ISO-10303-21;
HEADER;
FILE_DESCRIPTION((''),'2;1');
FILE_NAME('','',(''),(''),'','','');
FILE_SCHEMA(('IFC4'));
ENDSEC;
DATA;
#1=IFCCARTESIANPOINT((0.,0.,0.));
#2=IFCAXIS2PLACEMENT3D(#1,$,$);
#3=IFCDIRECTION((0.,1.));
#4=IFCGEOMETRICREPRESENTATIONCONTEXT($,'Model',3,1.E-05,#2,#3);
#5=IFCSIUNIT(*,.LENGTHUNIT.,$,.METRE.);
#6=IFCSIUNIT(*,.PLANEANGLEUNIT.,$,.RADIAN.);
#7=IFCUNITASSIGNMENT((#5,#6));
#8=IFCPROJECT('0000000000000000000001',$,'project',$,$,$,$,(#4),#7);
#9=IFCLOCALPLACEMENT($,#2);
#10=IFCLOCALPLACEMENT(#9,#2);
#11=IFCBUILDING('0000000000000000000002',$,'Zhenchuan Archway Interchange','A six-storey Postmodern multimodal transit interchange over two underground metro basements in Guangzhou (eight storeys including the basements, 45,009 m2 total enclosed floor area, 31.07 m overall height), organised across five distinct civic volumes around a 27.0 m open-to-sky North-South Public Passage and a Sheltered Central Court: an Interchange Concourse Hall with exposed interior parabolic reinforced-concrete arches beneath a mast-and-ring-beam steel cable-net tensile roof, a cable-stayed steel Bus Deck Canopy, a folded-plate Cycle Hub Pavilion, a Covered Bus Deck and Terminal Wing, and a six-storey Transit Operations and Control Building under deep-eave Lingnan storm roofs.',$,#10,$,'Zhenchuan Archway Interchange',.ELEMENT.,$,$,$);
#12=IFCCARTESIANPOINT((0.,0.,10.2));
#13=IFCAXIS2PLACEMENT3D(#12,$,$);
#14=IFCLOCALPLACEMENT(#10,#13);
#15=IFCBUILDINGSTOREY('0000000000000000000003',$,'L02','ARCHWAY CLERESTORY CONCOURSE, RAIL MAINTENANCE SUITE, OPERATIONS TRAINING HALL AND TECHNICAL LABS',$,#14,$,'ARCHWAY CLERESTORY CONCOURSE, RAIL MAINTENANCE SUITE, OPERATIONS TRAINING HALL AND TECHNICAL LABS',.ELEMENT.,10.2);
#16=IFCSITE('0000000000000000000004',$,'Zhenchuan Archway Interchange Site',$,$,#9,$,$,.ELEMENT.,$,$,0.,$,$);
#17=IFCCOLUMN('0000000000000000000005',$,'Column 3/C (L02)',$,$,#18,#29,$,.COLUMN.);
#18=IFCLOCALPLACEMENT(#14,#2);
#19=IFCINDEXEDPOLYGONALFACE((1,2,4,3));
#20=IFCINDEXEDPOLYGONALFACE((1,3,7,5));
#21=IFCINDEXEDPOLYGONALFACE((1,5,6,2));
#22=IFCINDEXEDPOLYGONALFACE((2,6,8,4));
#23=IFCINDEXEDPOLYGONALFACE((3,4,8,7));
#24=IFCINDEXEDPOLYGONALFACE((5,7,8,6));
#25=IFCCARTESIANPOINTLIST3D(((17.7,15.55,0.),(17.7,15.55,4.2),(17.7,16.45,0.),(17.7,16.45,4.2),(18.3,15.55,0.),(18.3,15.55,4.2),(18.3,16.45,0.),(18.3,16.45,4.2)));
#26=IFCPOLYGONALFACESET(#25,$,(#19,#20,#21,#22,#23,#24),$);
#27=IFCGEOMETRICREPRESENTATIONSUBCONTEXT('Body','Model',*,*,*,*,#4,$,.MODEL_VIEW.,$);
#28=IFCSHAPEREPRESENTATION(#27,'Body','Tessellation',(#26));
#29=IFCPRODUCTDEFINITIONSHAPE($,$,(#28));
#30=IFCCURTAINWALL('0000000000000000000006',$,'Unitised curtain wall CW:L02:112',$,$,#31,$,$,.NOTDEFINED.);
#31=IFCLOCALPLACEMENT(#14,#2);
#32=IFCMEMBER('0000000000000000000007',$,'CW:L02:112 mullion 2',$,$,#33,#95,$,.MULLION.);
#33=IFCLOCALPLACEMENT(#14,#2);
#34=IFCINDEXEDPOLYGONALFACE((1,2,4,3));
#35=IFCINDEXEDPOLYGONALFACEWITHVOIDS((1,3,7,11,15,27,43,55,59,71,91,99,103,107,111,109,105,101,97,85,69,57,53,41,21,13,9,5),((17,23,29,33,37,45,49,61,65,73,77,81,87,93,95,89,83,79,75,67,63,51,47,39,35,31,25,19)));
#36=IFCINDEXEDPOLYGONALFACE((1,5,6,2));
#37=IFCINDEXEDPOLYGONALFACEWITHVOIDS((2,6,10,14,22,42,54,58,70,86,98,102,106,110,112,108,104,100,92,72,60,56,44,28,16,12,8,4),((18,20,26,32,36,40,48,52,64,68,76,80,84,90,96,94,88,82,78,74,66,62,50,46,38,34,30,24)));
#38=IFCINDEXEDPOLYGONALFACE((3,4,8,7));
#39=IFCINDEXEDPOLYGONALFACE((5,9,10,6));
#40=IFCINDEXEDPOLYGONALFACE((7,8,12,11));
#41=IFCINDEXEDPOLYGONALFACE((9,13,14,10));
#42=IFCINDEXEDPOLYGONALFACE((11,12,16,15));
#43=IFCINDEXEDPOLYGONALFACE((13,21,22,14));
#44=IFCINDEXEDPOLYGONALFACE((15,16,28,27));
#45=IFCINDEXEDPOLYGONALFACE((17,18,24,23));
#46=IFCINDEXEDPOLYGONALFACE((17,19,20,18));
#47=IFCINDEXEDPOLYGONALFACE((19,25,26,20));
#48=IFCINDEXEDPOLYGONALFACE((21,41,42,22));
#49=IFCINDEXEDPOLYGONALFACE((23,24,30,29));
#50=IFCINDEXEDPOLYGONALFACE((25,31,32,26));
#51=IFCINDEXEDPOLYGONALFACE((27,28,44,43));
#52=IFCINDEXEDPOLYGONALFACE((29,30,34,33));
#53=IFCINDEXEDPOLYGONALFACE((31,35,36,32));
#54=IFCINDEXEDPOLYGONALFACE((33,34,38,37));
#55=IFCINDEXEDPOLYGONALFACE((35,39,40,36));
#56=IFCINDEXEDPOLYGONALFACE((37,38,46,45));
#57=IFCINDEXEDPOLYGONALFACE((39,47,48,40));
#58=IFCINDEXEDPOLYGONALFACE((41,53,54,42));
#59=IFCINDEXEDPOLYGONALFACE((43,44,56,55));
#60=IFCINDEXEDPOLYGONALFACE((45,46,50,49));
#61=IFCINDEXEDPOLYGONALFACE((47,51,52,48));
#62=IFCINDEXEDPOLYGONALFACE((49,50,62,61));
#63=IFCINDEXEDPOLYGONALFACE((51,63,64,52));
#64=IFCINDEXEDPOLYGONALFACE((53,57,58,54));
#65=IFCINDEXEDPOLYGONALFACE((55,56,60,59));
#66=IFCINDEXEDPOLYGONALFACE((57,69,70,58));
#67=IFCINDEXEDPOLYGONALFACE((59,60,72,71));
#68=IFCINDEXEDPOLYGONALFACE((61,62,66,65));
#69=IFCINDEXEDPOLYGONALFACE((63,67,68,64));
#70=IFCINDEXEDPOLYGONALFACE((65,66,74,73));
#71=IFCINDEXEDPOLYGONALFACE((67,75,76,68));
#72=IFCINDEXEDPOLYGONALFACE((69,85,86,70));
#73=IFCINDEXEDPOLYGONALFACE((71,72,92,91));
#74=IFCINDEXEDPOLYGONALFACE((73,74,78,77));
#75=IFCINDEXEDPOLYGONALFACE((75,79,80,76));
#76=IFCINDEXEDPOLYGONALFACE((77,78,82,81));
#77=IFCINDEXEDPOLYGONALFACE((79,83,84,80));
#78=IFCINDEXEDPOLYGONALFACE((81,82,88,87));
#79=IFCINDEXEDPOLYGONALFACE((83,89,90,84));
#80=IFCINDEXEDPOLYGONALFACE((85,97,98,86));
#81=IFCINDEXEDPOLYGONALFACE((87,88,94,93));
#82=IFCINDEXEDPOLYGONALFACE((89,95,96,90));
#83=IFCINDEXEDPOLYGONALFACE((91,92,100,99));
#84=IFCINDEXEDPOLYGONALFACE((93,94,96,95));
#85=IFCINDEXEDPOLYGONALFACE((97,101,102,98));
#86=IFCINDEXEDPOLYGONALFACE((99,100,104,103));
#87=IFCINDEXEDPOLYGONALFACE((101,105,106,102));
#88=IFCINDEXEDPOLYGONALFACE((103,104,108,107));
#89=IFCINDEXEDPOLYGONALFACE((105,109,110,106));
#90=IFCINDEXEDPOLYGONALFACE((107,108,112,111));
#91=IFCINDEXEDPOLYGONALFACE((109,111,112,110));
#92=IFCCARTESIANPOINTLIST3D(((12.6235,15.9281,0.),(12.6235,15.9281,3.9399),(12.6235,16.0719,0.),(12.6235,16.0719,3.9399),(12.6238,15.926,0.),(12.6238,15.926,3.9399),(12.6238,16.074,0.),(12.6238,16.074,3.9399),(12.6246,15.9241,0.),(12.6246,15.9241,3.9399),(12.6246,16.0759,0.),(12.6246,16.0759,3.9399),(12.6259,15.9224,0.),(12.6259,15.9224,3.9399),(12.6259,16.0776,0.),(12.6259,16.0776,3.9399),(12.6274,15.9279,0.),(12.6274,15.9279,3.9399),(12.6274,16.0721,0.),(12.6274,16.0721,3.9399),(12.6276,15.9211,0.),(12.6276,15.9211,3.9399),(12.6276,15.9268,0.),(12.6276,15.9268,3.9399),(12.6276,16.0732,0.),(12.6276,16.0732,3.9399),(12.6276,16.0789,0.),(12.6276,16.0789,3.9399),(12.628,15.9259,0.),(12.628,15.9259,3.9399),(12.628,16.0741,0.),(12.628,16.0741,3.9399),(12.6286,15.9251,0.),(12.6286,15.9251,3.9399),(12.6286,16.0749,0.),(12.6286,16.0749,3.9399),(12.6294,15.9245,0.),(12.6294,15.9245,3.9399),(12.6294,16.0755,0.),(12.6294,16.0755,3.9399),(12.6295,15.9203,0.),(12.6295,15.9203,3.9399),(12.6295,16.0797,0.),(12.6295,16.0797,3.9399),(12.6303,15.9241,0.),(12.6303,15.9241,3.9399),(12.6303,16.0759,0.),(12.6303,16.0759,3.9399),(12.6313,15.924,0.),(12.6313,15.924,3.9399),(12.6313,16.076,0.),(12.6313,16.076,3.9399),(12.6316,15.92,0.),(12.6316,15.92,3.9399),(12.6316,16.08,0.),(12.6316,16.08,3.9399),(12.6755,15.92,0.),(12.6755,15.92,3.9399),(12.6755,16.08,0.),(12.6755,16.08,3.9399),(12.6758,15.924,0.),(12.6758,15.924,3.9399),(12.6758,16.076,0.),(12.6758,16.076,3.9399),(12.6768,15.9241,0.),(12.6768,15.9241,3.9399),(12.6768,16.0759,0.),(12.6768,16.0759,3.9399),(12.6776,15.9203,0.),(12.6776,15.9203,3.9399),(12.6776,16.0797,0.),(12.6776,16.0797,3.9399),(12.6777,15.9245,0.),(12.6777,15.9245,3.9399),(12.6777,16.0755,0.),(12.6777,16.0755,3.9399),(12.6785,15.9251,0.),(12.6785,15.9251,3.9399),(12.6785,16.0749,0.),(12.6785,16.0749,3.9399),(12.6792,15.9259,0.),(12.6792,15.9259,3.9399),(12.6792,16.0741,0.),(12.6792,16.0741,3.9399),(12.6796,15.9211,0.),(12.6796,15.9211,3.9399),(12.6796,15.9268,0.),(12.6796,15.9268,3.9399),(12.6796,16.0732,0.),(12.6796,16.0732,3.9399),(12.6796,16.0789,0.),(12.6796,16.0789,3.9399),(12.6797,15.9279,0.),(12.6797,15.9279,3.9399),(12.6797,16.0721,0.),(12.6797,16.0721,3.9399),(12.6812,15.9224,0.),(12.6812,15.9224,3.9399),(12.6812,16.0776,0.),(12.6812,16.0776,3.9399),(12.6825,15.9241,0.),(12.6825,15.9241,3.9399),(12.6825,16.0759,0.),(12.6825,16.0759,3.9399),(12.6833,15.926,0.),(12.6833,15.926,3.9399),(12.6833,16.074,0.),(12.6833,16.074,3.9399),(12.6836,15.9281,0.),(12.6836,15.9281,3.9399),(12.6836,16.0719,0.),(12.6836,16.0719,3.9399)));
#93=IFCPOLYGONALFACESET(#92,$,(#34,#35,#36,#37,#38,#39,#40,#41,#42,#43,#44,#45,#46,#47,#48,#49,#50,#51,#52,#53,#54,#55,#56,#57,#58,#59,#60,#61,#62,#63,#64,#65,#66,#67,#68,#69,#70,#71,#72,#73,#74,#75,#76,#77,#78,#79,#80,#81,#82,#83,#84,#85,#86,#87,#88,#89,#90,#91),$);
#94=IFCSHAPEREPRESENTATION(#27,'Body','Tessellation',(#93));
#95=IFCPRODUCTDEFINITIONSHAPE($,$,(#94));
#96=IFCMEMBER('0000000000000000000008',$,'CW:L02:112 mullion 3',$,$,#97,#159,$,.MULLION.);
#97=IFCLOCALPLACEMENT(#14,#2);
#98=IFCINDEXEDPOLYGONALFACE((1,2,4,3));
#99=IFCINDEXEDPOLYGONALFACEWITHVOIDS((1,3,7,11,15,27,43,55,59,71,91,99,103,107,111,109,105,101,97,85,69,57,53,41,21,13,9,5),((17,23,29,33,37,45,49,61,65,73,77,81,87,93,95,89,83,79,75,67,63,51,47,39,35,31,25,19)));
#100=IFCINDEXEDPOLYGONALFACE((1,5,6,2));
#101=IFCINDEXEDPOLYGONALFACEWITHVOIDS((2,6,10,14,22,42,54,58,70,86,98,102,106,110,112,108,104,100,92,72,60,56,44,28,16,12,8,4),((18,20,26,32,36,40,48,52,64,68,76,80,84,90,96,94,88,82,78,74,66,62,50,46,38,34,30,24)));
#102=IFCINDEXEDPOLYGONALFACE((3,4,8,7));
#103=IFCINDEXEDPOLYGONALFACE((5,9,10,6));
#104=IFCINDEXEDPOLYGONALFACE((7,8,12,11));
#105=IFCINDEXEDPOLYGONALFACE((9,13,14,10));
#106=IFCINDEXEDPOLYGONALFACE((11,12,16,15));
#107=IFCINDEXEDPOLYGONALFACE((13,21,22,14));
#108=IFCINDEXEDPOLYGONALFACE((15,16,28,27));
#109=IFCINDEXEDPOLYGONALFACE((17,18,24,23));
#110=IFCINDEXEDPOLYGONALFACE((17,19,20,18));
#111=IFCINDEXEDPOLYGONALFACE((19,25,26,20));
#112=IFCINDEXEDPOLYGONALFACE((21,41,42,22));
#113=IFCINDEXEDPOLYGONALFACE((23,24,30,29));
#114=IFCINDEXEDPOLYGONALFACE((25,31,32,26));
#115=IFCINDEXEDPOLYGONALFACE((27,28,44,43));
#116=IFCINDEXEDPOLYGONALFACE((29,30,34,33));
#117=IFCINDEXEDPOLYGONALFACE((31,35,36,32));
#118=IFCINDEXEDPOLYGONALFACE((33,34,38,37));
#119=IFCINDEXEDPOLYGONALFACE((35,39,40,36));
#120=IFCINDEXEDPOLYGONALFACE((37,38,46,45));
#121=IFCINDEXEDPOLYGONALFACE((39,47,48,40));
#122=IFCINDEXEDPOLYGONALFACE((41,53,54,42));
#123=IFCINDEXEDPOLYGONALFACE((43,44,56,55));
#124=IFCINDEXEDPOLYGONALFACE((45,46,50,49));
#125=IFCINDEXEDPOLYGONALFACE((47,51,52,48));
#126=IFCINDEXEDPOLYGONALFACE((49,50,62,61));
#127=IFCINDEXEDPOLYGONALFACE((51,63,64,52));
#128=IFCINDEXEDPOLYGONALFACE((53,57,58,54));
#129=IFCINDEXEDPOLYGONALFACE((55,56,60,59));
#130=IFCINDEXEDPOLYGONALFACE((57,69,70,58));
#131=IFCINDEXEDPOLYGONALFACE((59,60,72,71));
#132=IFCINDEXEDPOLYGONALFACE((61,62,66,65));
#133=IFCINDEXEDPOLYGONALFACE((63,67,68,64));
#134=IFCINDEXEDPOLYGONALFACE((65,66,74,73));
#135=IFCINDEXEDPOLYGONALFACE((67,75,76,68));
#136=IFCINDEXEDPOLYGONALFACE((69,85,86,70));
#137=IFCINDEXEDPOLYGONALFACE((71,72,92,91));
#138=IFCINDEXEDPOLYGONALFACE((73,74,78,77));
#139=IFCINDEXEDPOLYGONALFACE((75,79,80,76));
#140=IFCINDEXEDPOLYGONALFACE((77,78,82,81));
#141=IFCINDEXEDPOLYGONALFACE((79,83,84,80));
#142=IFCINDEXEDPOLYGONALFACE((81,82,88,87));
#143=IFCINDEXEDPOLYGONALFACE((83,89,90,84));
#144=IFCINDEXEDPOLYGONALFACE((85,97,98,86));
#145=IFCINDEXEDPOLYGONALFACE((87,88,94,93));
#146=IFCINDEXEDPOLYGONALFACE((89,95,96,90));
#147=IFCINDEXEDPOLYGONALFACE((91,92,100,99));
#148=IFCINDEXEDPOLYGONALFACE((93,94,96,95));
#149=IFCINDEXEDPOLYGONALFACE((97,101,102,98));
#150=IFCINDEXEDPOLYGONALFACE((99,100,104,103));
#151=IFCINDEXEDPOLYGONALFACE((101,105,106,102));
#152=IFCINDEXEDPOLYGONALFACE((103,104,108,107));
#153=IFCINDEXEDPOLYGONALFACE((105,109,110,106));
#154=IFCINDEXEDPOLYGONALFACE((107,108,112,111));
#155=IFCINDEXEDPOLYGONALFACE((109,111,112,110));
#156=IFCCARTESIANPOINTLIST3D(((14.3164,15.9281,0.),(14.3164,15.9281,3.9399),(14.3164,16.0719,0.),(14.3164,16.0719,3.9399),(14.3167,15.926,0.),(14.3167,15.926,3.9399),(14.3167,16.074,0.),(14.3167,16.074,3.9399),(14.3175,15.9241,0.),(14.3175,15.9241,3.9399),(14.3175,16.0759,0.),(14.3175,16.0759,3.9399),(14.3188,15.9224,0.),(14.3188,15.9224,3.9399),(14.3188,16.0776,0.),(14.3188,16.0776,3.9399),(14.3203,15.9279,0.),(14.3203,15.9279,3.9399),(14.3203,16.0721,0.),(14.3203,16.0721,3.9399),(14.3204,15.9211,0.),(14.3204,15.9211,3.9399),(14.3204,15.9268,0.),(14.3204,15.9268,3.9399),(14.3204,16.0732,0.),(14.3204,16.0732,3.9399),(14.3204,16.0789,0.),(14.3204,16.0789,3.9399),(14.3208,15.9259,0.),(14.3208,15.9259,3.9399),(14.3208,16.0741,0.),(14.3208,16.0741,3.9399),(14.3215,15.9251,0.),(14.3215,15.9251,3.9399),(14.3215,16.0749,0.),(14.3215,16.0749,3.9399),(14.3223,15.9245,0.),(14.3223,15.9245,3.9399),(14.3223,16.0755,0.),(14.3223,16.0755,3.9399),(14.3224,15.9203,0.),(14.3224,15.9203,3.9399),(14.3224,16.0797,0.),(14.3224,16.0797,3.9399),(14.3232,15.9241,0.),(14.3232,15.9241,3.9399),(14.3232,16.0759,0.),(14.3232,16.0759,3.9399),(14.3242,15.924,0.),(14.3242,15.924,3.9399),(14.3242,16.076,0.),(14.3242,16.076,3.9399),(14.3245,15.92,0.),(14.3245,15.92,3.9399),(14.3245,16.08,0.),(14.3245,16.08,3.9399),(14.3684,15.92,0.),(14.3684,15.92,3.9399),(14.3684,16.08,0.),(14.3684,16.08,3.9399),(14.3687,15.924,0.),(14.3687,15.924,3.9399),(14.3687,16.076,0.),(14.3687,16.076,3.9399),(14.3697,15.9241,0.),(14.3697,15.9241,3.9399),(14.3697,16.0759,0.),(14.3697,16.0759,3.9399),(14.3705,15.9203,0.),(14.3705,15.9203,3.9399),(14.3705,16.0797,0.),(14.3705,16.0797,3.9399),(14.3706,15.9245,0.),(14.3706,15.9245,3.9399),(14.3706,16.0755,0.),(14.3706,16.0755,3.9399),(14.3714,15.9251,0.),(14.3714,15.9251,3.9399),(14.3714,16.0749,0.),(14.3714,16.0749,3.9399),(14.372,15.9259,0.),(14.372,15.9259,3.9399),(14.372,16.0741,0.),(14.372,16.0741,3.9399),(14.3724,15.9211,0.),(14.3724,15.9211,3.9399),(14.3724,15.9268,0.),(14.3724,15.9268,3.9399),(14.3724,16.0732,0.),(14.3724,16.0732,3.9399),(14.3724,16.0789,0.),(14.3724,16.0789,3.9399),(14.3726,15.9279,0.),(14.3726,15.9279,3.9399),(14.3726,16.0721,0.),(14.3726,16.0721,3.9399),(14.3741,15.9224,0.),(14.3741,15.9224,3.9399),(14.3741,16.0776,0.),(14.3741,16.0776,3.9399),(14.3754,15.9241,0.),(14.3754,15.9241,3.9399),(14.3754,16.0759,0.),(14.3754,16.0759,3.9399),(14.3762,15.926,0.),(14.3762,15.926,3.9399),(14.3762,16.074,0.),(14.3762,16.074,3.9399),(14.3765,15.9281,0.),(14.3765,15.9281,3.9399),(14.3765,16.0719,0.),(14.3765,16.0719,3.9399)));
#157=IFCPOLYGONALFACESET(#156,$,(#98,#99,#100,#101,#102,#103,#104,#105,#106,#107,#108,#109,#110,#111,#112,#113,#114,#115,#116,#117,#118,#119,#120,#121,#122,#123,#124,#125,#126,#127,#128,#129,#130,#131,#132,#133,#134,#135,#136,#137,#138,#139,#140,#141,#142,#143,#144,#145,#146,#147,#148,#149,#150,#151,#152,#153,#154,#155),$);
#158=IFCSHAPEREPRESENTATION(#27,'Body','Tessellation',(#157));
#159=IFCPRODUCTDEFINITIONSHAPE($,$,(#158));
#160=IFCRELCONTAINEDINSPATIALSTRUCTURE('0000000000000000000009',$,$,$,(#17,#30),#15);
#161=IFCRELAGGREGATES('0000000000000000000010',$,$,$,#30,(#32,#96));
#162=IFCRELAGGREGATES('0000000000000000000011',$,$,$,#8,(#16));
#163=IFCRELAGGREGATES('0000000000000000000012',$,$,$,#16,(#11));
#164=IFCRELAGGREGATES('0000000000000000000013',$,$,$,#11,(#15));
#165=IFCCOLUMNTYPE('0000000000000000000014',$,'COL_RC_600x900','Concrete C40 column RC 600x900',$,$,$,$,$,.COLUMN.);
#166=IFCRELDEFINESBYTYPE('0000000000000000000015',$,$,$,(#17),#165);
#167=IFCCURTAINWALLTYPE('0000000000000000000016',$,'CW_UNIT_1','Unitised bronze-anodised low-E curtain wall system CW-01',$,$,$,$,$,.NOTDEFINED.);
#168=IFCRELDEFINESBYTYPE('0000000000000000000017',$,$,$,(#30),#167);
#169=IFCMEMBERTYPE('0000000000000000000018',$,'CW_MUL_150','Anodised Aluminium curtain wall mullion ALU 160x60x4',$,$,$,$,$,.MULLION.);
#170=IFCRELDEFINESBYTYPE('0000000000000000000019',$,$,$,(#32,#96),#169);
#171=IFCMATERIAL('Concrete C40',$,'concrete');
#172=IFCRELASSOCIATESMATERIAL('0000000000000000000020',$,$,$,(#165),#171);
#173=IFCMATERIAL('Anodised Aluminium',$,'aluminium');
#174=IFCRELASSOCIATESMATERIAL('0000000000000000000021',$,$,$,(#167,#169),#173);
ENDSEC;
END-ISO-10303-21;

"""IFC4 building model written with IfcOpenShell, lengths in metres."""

from ifc_helpers import new_model, si_unit, direction, frame, origin, origin_2d, place, context, subcontext, project, spatial, rectangle, hollow_rectangle, extrude, material, material_profile, profile_set, type_object, element, aggregate, save


model = new_model("IFC4")

# Units and contexts
model_context = context("Model", 3, precision=1e-05, world=origin(), true_north=direction((0.0, 1.0)))
body_context = subcontext(model_context, "Body", "Model", "MODEL_VIEW")
ifc_project = project(units=[si_unit("LENGTHUNIT", "METRE"), si_unit("PLANEANGLEUNIT", "RADIAN")], contexts=[model_context])

# Site, building, storey
site_placement = place(None, origin())
site = spatial("IfcSite", under=ifc_project, at=site_placement, Name="Zhenchuan Archway Interchange Site", CompositionType="ELEMENT", RefElevation=0.0)
building_placement = place(site_placement, origin())
building = spatial("IfcBuilding", under=site, at=building_placement, Name="Zhenchuan Archway Interchange", Description="A six-storey Postmodern multimodal transit interchange over two underground metro basements in Guangzhou (eight storeys including the basements, 45,009 m2 total enclosed floor area, 31.07 m overall height), organised across five distinct civic volumes around a 27.0 m open-to-sky North-South Public Passage and a Sheltered Central Court: an Interchange Concourse Hall with exposed interior parabolic reinforced-concrete arches beneath a mast-and-ring-beam steel cable-net tensile roof, a cable-stayed steel Bus Deck Canopy, a folded-plate Cycle Hub Pavilion, a Covered Bus Deck and Terminal Wing, and a six-storey Transit Operations and Control Building under deep-eave Lingnan storm roofs.", LongName="Zhenchuan Archway Interchange", CompositionType="ELEMENT")
storey_placement = place(building_placement, frame((0.0, 0.0, 10.2)))
storey = spatial("IfcBuildingStorey", under=building, at=storey_placement, Name="L02", Description="ARCHWAY CLERESTORY CONCOURSE, RAIL MAINTENANCE SUITE, OPERATIONS TRAINING HALL AND TECHNICAL LABS", LongName="ARCHWAY CLERESTORY CONCOURSE, RAIL MAINTENANCE SUITE, OPERATIONS TRAINING HALL AND TECHNICAL LABS", CompositionType="ELEMENT", Elevation=10.2)

# Column
ifc_material_1 = material(Name="Concrete C40", Category="concrete")
ifc_material_profile_1 = material_profile(ifc_material_1, rectangle(XDim=0.6001, YDim=0.8999, at=origin_2d()), Name="RC 600x900")
ifc_profile_set_1 = profile_set([ifc_material_profile_1], Name="Concrete C40")
column_type = type_object("IfcColumnType", Name="COL_RC_600x900", Description="Concrete C40 column RC 600x900", PredefinedType="COLUMN", material=ifc_profile_set_1)
column_placement = place(storey_placement, frame((18.0, 16.0, 0.0), z_axis=(0.0, 0.0, 1.0), x_axis=(1.0, 0.0, 0.0)))
element("IfcColumn", 1, at=column_placement, inside=storey, type_object=column_type, Name="Column 3/C (L02)", PredefinedType="COLUMN", context=body_context, shape_type="SweptSolid", body=[
    extrude(rectangle(XDim=0.6001, YDim=0.8999, at=origin_2d()), origin(), (0.0, 0.0, 1.0), 4.2),
])

# Curtain wall, members
ifc_material_2 = material(Name="Anodised Aluminium", Category="aluminium")
curtain_wall_type = type_object("IfcCurtainWallType", Name="CW_UNIT_1", Description="Unitised bronze-anodised low-E curtain wall system CW-01", PredefinedType="NOTDEFINED", material=ifc_material_2)
curtain_wall_placement = place(storey_placement, origin())
curtain_wall = element("IfcCurtainWall", 2, at=curtain_wall_placement, inside=storey, type_object=curtain_wall_type, Name="Unitised curtain wall CW:L02:112", PredefinedType="NOTDEFINED")
ifc_material_profile_2 = material_profile(ifc_material_2, hollow_rectangle(XDim=0.0601, YDim=0.1599, WallThickness=0.0039, InnerFilletRadius=0.0039, OuterFilletRadius=0.0081, at=origin_2d()), Name="ALU 160x60x4")
ifc_profile_set_2 = profile_set([ifc_material_profile_2], Name="Anodised Aluminium")
member_type_1 = type_object("IfcMemberType", Name="CW_MUL_150", Description="Anodised Aluminium curtain wall mullion ALU 160x60x4", PredefinedType="MULLION", material=ifc_profile_set_2)
member_1_placement = place(storey_placement, frame((12.6536, 16.0, 0.0), z_axis=(0.0, 0.0, 1.0), x_axis=(1.0, 0.0, 0.0)))
member_1 = element("IfcMember", 3, at=member_1_placement, type_object=member_type_1, Name="CW:L02:112 mullion 2", PredefinedType="MULLION", context=body_context, shape_type="SweptSolid", body=[
    extrude(hollow_rectangle(XDim=0.0601, YDim=0.1599, WallThickness=0.0039, InnerFilletRadius=0.0039, OuterFilletRadius=0.0081, at=origin_2d()), origin(), (0.0, 0.0, 1.0), 3.9399),
])
member_2_placement = place(storey_placement, frame((14.3464, 16.0, 0.0), z_axis=(0.0, 0.0, 1.0), x_axis=(1.0, 0.0, 0.0)))
member_2 = element("IfcMember", 4, at=member_2_placement, type_object=member_type_1, Name="CW:L02:112 mullion 3", PredefinedType="MULLION", context=body_context, shape_type="SweptSolid", body=[
    extrude(hollow_rectangle(XDim=0.0601, YDim=0.1599, WallThickness=0.0039, InnerFilletRadius=0.0039, OuterFilletRadius=0.0081, at=origin_2d()), origin(), (0.0, 0.0, 1.0), 3.9399),
])
aggregate(curtain_wall, [member_1, member_2])

save(model, "model.ifc")
